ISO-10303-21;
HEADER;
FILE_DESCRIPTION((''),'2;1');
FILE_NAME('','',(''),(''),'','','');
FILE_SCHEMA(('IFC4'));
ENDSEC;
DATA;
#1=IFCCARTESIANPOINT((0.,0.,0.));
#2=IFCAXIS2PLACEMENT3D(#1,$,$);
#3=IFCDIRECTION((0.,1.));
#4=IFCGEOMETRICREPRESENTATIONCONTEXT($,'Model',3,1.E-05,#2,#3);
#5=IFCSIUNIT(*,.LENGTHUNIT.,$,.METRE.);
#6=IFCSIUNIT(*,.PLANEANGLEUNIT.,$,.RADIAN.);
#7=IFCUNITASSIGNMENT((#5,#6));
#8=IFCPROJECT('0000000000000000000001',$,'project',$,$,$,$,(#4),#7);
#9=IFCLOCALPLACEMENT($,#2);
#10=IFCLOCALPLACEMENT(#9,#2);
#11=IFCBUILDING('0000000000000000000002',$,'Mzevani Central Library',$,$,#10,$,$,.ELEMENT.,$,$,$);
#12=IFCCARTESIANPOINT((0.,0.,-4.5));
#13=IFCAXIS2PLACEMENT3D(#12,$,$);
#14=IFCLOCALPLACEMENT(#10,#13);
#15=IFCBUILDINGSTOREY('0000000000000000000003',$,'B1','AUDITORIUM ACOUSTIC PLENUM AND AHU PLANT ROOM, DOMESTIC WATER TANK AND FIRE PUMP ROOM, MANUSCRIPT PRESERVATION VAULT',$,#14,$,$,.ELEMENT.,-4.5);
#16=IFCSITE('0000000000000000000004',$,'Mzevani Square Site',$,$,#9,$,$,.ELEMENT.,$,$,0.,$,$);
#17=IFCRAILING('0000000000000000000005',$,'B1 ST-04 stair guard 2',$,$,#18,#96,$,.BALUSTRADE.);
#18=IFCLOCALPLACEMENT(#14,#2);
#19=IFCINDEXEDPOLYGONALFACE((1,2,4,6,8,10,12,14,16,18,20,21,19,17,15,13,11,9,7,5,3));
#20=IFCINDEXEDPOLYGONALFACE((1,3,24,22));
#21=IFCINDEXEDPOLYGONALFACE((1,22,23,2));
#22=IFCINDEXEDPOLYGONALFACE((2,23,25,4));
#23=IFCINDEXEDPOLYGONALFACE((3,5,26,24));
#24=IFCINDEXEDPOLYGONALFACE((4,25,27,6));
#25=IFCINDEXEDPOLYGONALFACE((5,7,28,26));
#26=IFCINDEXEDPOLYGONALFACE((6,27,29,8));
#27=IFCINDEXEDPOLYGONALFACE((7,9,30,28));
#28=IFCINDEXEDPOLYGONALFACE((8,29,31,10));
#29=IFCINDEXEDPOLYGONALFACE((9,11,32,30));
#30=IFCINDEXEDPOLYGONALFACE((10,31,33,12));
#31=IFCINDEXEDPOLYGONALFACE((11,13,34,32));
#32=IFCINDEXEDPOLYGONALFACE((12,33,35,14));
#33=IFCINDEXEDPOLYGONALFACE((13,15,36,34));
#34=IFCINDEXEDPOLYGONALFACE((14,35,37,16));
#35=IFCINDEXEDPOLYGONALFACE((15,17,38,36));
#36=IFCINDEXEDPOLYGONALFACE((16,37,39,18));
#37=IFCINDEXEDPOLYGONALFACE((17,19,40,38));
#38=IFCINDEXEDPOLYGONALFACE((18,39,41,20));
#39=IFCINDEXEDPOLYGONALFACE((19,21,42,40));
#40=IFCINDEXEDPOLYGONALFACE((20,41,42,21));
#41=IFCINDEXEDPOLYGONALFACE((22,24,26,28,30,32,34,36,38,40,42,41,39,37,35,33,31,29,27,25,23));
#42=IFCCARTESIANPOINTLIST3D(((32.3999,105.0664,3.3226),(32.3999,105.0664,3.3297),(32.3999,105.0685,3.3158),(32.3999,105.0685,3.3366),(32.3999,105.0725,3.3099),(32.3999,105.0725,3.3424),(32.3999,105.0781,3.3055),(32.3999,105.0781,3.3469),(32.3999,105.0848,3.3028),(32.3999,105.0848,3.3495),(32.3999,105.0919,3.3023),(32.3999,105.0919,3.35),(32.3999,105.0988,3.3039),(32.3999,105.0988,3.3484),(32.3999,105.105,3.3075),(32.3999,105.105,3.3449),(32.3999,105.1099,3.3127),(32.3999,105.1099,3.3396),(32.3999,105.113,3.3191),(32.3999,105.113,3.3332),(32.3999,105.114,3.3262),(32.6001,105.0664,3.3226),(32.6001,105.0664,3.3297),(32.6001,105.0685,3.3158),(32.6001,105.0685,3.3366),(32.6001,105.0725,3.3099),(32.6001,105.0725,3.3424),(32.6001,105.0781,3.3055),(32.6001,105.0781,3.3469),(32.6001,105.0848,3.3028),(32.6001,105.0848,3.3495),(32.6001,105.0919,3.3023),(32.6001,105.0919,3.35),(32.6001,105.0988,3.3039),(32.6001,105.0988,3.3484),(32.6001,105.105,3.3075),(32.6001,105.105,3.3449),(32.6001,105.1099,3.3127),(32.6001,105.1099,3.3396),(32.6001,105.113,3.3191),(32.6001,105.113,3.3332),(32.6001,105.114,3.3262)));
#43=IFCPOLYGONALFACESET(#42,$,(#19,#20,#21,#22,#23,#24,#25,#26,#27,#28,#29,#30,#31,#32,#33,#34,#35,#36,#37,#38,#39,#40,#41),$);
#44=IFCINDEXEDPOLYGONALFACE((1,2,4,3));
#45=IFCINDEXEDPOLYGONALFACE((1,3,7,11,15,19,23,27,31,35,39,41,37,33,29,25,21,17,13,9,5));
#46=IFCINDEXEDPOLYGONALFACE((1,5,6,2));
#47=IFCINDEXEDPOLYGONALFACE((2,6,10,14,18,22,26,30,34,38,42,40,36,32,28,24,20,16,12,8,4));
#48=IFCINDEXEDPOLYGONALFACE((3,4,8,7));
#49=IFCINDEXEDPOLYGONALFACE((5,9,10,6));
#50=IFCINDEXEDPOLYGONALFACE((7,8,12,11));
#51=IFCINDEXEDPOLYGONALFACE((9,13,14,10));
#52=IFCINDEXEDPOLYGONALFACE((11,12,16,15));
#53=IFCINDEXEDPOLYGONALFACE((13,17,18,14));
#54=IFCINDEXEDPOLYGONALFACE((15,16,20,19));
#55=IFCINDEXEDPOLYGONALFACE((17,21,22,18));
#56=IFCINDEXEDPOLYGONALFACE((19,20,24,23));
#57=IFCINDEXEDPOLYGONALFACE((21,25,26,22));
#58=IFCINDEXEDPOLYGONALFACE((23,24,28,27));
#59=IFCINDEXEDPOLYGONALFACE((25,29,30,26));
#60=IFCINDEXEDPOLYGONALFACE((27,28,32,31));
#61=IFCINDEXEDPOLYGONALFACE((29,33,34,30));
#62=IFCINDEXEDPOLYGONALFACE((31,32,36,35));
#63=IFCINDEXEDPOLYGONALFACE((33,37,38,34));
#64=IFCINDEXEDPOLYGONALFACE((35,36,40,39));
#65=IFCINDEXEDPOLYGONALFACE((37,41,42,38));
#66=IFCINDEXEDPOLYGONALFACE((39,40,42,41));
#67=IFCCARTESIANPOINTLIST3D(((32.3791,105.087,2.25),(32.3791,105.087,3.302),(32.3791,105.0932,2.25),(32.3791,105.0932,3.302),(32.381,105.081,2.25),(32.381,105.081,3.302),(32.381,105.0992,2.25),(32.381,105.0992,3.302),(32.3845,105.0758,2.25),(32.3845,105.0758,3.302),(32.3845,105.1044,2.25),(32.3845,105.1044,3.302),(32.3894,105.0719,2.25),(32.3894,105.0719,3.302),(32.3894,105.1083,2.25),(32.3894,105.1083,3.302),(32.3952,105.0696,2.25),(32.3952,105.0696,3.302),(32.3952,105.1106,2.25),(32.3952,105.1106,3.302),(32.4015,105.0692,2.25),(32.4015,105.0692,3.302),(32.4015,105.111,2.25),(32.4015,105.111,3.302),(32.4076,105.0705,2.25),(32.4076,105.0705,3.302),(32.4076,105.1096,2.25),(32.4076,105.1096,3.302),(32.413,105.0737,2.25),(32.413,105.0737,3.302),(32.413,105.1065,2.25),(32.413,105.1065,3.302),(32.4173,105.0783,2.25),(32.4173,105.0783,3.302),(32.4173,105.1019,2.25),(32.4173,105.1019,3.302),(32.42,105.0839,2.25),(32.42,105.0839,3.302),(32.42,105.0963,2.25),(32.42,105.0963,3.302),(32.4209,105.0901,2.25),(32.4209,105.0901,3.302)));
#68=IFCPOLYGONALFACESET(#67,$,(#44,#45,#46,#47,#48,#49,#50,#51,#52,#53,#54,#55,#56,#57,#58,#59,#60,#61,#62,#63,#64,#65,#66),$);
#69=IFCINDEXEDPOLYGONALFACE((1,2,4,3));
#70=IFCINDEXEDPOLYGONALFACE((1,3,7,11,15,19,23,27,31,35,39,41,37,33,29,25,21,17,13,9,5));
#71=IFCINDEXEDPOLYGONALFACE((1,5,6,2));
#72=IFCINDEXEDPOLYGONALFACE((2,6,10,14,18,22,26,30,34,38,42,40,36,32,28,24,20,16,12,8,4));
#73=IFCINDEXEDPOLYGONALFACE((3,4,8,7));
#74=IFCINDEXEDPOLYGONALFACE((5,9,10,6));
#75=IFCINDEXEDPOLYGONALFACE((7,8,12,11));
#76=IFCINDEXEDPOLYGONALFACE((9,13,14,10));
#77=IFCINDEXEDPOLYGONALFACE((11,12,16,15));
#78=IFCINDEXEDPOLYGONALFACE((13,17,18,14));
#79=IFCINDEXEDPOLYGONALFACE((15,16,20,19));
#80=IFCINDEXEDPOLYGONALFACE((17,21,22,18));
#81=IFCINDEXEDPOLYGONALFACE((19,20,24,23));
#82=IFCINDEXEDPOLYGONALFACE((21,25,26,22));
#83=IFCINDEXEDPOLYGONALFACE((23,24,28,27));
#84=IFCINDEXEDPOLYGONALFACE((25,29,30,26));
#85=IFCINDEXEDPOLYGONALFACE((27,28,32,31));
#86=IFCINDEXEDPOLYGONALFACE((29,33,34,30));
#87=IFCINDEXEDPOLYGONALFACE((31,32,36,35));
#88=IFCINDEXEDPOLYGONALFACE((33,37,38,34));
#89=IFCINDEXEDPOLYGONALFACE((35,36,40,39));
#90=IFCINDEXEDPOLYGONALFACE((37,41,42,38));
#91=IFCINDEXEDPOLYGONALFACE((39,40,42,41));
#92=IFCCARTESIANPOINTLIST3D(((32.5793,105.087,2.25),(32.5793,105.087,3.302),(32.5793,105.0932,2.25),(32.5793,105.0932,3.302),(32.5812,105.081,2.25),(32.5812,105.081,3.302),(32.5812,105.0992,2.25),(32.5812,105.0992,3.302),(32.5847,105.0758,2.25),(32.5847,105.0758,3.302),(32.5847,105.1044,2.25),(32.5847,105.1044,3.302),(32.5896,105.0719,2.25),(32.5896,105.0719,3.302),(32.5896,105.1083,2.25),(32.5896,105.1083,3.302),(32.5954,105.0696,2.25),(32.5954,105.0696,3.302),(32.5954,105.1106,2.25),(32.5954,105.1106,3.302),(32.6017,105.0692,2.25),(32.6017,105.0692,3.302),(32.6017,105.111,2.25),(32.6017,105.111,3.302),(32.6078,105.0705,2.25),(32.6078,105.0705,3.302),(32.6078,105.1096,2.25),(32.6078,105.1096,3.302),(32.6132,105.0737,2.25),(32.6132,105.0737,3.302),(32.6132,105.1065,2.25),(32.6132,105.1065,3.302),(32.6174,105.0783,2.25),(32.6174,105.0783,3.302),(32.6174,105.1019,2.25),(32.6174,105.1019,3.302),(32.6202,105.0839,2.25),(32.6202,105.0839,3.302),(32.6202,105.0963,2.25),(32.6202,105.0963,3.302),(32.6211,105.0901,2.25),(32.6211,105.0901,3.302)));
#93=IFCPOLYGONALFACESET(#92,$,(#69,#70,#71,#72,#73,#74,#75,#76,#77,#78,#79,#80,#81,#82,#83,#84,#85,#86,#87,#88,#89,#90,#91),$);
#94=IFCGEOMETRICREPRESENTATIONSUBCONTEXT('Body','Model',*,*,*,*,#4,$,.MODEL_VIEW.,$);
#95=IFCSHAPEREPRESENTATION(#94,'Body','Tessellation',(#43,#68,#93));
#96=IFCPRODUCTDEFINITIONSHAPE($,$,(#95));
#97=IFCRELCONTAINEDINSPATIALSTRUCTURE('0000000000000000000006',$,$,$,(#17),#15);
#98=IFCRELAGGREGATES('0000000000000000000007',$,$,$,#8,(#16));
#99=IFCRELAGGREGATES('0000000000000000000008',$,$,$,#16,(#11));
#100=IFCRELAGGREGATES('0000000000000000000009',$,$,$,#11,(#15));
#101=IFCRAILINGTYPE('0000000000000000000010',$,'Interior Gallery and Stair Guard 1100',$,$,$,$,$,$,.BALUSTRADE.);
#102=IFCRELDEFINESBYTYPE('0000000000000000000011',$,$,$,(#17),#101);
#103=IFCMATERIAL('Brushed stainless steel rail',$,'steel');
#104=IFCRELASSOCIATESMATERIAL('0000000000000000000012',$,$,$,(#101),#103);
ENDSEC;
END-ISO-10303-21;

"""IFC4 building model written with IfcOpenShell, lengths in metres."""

from ifc_helpers import new_model, si_unit, direction, frame, origin, origin_2d, place, context, subcontext, project, spatial, circle, extrude, material, type_object, element, save


model = new_model("IFC4")

# Units and contexts
model_context = context("Model", 3, precision=1e-05, world=origin(), true_north=direction((0.0, 1.0)))
body_context = subcontext(model_context, "Body", "Model", "MODEL_VIEW")
ifc_project = project(units=[si_unit("LENGTHUNIT", "METRE"), si_unit("PLANEANGLEUNIT", "RADIAN")], contexts=[model_context])

# Site, building, storey
site_placement = place(None, origin())
site = spatial("IfcSite", under=ifc_project, at=site_placement, Name="Mzevani Square Site", CompositionType="ELEMENT", RefElevation=0.0)
building_placement = place(site_placement, origin())
building = spatial("IfcBuilding", under=site, at=building_placement, Name="Mzevani Central Library", CompositionType="ELEMENT")
storey_placement = place(building_placement, frame((0.0, 0.0, -4.5)))
storey = spatial("IfcBuildingStorey", under=building, at=storey_placement, Name="B1", Description="AUDITORIUM ACOUSTIC PLENUM AND AHU PLANT ROOM, DOMESTIC WATER TANK AND FIRE PUMP ROOM, MANUSCRIPT PRESERVATION VAULT", CompositionType="ELEMENT", Elevation=-4.5)

# Railing
ifc_material_1 = material(Name="Brushed stainless steel rail", Category="steel")
railing_type_1 = type_object("IfcRailingType", Name="Interior Gallery and Stair Guard 1100", PredefinedType="BALUSTRADE", material=ifc_material_1)
railing_1_placement = place(storey_placement, frame((32.3999, 105.0901, 2.25)))
element("IfcRailing", 1, at=railing_1_placement, inside=storey, type_object=railing_type_1, Name="B1 ST-04 stair guard 2", PredefinedType="BALUSTRADE", context=body_context, shape_type="SweptSolid", body=[
    extrude(circle(Radius=0.0239, at=origin_2d()), frame((0.0, 0.0, 1.0762), z_axis=(1.0, 0.0, 0.0), x_axis=(0.0, 1.0, 0.0)), (0.0, 0.0, 1.0), 0.2002),
    extrude(circle(Radius=0.021, at=origin_2d()), origin(), (0.0, 0.0, 1.0), 1.052),
    extrude(circle(Radius=0.021, at=origin_2d()), frame((0.2002, 0.0, 0.0)), (0.0, 0.0, 1.0), 1.052),
])

save(model, "model.ifc")
